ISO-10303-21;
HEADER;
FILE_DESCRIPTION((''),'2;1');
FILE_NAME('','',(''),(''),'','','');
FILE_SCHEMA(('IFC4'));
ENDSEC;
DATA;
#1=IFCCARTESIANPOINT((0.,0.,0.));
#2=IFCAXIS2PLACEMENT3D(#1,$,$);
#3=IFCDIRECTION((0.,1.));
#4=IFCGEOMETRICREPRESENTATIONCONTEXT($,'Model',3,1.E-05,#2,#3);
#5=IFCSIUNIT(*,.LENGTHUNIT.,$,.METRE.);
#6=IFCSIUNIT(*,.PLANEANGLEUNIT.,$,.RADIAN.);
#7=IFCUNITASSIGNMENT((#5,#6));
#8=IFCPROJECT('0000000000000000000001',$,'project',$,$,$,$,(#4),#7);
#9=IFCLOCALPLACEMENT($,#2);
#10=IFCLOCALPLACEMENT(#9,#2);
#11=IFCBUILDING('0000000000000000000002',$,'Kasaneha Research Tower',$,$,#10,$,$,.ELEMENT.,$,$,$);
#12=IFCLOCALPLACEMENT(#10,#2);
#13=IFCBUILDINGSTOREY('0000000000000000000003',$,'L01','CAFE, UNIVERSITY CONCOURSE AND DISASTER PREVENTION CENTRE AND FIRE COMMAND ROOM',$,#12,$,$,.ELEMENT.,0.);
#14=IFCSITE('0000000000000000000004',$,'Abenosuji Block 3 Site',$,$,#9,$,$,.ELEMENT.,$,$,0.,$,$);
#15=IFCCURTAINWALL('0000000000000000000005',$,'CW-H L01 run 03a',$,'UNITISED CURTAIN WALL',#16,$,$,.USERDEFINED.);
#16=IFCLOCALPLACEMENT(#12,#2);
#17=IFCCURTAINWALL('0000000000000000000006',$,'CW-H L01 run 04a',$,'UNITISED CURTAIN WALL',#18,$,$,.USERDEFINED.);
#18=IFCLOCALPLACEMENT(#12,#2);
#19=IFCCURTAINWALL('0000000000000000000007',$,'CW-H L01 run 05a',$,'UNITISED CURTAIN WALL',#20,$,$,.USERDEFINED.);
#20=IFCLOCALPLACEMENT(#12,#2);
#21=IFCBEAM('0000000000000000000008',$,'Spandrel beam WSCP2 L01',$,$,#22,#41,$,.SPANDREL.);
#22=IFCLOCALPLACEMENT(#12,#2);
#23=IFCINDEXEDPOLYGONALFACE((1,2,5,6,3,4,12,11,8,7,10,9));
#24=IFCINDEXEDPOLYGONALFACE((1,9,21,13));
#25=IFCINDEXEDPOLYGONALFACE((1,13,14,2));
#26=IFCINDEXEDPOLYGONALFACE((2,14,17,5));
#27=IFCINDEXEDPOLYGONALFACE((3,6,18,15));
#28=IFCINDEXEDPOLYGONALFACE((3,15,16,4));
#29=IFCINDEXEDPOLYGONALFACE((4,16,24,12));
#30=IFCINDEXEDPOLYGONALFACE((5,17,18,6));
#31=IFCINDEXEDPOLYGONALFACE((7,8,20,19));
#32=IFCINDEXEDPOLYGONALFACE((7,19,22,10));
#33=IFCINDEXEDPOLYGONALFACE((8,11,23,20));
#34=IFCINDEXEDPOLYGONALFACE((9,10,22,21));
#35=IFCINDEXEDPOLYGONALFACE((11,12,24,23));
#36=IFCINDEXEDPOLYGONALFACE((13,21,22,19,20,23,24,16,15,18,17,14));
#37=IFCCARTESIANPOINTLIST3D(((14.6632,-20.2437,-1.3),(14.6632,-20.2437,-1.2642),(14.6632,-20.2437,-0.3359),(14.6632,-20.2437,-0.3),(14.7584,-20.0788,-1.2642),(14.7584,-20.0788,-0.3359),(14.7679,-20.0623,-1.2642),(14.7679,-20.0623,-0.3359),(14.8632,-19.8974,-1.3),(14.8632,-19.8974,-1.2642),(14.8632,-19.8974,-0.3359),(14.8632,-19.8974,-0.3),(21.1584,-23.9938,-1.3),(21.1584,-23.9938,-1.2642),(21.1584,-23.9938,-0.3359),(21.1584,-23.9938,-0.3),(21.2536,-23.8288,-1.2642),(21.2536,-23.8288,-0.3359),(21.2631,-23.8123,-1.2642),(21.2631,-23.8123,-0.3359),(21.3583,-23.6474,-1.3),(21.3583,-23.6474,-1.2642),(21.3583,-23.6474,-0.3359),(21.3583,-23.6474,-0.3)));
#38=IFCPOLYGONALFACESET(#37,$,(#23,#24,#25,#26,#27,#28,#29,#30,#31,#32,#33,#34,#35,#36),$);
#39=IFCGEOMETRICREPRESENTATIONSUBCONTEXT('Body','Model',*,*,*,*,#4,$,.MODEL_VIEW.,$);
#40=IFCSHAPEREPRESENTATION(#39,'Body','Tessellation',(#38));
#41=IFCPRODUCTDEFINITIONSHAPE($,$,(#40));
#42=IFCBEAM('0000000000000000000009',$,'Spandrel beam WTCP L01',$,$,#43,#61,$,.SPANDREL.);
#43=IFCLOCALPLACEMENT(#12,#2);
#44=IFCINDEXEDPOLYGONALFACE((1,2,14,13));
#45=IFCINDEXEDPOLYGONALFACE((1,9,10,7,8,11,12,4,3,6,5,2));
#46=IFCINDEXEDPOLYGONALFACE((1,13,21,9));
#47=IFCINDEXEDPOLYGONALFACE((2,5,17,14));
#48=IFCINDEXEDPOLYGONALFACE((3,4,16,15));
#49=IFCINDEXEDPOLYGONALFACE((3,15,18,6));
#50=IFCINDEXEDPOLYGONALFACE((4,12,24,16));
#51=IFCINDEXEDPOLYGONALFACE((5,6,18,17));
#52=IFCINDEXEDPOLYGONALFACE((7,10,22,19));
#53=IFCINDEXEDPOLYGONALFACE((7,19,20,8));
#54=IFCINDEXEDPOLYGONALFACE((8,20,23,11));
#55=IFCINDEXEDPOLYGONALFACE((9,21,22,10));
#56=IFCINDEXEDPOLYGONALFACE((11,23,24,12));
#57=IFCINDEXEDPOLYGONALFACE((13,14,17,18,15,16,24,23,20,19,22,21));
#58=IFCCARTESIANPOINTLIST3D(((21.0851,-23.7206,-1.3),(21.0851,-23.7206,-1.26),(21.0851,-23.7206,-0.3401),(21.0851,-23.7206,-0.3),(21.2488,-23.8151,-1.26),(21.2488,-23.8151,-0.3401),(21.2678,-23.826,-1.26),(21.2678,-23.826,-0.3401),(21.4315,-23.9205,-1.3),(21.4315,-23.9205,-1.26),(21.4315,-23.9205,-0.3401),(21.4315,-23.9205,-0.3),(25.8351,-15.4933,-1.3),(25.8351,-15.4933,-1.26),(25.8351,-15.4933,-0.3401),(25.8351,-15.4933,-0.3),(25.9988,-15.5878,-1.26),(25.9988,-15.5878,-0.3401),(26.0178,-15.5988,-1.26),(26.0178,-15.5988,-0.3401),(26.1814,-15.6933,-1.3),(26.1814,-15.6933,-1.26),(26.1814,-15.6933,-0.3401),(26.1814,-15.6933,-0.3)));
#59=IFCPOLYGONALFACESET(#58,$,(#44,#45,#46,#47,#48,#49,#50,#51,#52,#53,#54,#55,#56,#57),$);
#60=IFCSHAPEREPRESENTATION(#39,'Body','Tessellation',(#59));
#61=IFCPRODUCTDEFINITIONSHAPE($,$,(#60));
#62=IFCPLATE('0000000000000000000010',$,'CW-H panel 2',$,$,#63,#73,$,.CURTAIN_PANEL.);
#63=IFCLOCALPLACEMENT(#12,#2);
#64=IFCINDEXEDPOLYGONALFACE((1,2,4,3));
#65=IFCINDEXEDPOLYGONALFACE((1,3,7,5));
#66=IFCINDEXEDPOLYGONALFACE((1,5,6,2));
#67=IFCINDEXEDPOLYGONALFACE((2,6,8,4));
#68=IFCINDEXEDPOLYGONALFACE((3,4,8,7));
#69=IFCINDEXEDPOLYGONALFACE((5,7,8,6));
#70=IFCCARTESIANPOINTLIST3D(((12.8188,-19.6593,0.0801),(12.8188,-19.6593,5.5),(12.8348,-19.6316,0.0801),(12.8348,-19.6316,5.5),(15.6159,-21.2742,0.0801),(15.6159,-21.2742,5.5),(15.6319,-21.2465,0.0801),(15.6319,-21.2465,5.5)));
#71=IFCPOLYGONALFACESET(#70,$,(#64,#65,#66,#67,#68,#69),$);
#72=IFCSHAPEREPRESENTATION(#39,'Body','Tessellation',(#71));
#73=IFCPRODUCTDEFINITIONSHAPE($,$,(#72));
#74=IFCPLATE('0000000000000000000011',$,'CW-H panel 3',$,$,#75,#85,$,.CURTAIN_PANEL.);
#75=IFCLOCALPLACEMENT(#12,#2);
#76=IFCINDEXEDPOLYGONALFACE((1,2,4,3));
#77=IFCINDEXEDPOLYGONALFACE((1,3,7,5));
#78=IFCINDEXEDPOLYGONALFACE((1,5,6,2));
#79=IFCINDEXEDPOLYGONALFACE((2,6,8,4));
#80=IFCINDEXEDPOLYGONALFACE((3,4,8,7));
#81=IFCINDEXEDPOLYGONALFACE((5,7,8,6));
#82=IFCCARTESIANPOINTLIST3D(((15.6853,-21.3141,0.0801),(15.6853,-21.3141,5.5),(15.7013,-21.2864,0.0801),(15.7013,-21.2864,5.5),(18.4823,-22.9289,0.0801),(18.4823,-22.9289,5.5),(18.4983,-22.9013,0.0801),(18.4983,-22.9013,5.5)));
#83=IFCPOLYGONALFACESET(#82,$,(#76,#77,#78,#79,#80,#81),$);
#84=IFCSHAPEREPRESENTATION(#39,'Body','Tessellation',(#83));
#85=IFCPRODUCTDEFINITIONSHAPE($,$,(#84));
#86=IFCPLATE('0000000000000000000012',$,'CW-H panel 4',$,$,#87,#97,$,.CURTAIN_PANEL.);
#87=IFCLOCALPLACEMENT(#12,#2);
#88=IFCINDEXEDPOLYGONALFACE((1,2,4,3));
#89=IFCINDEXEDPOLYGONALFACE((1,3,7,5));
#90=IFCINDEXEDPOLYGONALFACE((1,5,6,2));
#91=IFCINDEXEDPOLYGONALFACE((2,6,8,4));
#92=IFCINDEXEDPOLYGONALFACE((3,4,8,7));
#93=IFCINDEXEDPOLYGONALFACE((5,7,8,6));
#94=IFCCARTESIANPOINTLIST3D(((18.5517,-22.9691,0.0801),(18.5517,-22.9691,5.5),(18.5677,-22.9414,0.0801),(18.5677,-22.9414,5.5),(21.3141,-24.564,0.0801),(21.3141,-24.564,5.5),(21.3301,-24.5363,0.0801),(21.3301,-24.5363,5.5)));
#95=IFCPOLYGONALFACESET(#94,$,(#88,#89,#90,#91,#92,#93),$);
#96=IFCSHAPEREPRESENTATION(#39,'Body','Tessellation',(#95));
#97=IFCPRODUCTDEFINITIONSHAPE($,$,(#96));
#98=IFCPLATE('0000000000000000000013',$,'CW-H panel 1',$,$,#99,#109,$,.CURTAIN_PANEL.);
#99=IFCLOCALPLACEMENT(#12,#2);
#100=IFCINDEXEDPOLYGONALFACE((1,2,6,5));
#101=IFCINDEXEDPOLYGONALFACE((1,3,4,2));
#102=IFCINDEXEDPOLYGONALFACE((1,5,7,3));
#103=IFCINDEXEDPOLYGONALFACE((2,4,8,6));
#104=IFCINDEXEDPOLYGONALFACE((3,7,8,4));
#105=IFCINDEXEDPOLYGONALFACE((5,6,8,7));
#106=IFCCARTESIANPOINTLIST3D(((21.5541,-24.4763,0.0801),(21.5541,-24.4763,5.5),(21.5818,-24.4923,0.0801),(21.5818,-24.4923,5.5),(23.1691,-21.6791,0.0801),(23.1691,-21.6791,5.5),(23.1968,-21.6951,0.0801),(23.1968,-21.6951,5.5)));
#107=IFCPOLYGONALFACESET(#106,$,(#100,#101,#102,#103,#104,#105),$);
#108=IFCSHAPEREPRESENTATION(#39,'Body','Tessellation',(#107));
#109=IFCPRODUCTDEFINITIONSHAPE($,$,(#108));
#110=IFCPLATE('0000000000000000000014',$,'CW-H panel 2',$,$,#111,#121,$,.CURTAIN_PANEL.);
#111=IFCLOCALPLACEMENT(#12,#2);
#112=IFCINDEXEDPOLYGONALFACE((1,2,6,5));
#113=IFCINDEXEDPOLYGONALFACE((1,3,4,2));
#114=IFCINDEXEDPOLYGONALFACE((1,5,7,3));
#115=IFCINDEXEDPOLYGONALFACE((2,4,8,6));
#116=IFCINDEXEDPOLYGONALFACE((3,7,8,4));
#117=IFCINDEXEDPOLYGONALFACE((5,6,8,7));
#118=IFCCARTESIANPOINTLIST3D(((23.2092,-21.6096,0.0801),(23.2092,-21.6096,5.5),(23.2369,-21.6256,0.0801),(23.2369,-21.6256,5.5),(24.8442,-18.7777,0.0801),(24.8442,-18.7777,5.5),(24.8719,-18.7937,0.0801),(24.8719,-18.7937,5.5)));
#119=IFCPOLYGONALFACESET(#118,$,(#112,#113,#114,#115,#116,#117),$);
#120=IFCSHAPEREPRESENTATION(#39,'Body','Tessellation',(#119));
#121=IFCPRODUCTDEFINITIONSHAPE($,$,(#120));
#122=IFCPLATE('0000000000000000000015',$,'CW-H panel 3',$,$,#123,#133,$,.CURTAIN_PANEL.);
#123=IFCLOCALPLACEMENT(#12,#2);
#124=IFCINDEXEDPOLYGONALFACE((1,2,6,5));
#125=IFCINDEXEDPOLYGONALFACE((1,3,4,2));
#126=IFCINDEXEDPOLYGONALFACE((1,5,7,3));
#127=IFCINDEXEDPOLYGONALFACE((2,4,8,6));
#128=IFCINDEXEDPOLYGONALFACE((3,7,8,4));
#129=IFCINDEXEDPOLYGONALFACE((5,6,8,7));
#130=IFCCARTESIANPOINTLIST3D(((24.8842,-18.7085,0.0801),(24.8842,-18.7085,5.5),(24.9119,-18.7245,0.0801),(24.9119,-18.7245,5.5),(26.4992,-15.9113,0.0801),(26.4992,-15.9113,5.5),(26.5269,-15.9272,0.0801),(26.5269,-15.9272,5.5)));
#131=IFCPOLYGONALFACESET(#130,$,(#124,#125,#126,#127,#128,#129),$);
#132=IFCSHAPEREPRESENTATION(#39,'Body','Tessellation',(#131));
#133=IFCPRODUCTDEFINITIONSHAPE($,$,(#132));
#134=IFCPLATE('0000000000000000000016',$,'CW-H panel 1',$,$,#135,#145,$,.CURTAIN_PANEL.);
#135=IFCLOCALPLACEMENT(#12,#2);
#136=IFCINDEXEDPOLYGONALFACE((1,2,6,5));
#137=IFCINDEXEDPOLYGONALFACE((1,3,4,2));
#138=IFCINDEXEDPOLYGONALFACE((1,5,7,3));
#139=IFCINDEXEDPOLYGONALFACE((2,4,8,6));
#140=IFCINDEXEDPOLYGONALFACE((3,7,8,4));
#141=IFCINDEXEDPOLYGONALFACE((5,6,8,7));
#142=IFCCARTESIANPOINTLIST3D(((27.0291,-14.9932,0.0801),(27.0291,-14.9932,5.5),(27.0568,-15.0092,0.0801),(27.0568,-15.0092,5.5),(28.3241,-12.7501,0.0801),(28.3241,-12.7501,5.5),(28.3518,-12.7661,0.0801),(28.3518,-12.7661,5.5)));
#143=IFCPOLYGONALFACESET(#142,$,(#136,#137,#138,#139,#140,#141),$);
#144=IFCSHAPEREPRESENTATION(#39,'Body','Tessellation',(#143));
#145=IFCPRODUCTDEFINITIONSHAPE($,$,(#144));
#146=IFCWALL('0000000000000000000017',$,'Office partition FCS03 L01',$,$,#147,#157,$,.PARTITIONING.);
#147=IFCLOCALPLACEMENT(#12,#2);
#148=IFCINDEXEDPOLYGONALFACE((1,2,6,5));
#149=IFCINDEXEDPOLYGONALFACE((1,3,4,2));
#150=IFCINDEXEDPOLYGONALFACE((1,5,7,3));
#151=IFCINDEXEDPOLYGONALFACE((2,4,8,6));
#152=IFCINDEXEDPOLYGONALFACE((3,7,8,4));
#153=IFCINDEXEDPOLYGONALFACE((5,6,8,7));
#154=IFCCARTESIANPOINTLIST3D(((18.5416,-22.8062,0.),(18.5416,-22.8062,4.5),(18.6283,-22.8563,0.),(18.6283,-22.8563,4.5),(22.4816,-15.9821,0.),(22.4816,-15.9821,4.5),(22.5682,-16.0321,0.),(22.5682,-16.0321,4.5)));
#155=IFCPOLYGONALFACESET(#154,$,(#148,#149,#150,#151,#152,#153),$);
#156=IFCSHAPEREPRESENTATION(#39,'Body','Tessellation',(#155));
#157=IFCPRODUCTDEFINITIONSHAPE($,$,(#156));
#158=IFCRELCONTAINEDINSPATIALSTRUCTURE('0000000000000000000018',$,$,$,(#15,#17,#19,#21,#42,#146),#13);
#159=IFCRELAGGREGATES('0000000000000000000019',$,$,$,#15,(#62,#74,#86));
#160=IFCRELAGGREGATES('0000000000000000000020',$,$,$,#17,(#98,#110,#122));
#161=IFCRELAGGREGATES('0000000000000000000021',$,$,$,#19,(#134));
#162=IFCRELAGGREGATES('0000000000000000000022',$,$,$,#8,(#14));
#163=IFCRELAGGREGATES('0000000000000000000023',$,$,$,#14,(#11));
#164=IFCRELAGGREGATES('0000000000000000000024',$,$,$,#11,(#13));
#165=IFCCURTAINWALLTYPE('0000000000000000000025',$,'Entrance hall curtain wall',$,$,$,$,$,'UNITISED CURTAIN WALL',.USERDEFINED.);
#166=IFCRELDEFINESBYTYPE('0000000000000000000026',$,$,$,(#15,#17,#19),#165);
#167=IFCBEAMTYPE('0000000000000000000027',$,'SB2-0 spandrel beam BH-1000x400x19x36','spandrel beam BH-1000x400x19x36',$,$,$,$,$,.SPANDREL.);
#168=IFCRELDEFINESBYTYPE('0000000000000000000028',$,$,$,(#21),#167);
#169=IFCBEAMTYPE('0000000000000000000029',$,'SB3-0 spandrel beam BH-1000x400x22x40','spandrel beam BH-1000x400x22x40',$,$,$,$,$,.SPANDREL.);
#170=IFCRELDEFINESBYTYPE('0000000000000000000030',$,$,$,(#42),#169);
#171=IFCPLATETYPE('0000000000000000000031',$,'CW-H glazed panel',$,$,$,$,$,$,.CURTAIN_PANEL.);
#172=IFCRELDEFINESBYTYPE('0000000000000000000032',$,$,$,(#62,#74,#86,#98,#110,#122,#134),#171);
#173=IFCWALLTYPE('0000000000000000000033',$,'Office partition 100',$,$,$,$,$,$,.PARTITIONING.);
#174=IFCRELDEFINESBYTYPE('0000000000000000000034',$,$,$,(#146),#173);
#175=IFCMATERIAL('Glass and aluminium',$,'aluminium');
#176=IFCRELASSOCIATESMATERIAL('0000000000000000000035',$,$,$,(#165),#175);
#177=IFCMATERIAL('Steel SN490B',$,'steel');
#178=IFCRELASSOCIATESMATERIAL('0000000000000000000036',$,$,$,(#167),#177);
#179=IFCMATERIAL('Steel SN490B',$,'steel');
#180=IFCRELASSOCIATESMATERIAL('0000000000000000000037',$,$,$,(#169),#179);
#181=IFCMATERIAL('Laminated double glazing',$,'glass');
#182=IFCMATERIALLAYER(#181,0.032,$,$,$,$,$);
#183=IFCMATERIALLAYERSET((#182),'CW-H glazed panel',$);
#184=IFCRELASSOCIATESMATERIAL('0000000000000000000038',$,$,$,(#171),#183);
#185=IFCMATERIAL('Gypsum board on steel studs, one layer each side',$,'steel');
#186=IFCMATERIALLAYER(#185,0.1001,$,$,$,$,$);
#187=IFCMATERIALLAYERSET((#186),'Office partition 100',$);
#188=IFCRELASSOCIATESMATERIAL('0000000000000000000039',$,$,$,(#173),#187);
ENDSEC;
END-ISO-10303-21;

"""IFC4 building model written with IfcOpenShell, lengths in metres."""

from ifc_helpers import new_model, si_unit, direction, frame, frame_2d, origin, origin_2d, place, context, subcontext, project, spatial, rectangle, i_section, extrude, material, layer, layer_set, material_profile, profile_set, type_object, element, aggregate, save


model = new_model("IFC4")

# Units and contexts
model_context = context("Model", 3, precision=1e-05, world=origin(), true_north=direction((0.0, 1.0)))
body_context = subcontext(model_context, "Body", "Model", "MODEL_VIEW")
ifc_project = project(units=[si_unit("LENGTHUNIT", "METRE"), si_unit("PLANEANGLEUNIT", "RADIAN")], contexts=[model_context])

# Site, building, storey
site_placement = place(None, origin())
site = spatial("IfcSite", under=ifc_project, at=site_placement, Name="Abenosuji Block 3 Site", CompositionType="ELEMENT", RefElevation=0.0)
building_placement = place(site_placement, origin())
building = spatial("IfcBuilding", under=site, at=building_placement, Name="Kasaneha Research Tower", CompositionType="ELEMENT")
storey_placement = place(building_placement, origin())
storey = spatial("IfcBuildingStorey", under=building, at=storey_placement, Name="L01", Description="CAFE, UNIVERSITY CONCOURSE AND DISASTER PREVENTION CENTRE AND FIRE COMMAND ROOM", CompositionType="ELEMENT", Elevation=0.0)

# Curtain walls
ifc_material_1 = material(Name="Glass and aluminium", Category="aluminium")
curtain_wall_type = type_object("IfcCurtainWallType", Name="Entrance hall curtain wall", ElementType="UNITISED CURTAIN WALL", PredefinedType="USERDEFINED", material=ifc_material_1)
curtain_wall_1_placement = place(storey_placement, origin())
curtain_wall_1 = element("IfcCurtainWall", 1, at=curtain_wall_1_placement, inside=storey, type_object=curtain_wall_type, Name="CW-H L01 run 03a", ObjectType="UNITISED CURTAIN WALL", PredefinedType="USERDEFINED")
curtain_wall_2_placement = place(storey_placement, origin())
curtain_wall_2 = element("IfcCurtainWall", 2, at=curtain_wall_2_placement, inside=storey, type_object=curtain_wall_type, Name="CW-H L01 run 04a", ObjectType="UNITISED CURTAIN WALL", PredefinedType="USERDEFINED")

# Curtain wall
curtain_wall_3_placement = place(storey_placement, origin())
curtain_wall_3 = element("IfcCurtainWall", 3, at=curtain_wall_3_placement, inside=storey, type_object=curtain_wall_type, Name="CW-H L01 run 05a", ObjectType="UNITISED CURTAIN WALL", PredefinedType="USERDEFINED")

# Beams
ifc_material_2 = material(Name="Steel SN490B", Category="steel")
ifc_material_profile_1 = material_profile(ifc_material_2, i_section(OverallWidth=0.3999, OverallDepth=1.0, WebThickness=0.019, FlangeThickness=0.0359, at=origin_2d()), Name="BH-1000x400x19x36")
ifc_profile_set_1 = profile_set([ifc_material_profile_1], Name="Steel SN490B")
beam_type_1 = type_object("IfcBeamType", Name="SB2-0 spandrel beam BH-1000x400x19x36", Description="spandrel beam BH-1000x400x19x36", PredefinedType="SPANDREL", material=ifc_profile_set_1)
beam_1_placement = place(storey_placement, frame((14.7632, -20.0706, -0.8), z_axis=(0.866023, -0.500004, 0.0), x_axis=(0.500004, 0.866023, 0.0)))
element("IfcBeam", 4, at=beam_1_placement, inside=storey, type_object=beam_type_1, Name="Spandrel beam WSCP2 L01", PredefinedType="SPANDREL", context=body_context, shape_type="SweptSolid", body=[
    extrude(i_section(OverallWidth=0.3999, OverallDepth=1.0, WebThickness=0.019, FlangeThickness=0.0359, at=origin_2d()), origin(), (0.0, 0.0, 1.0), 7.5),
])
ifc_material_3 = material(Name="Steel SN490B", Category="steel")
ifc_material_profile_2 = material_profile(ifc_material_3, i_section(OverallWidth=0.3999, OverallDepth=1.0, WebThickness=0.022, FlangeThickness=0.04, at=origin_2d()), Name="BH-1000x400x22x40")
ifc_profile_set_2 = profile_set([ifc_material_profile_2], Name="Steel SN490B")
beam_type_2 = type_object("IfcBeamType", Name="SB3-0 spandrel beam BH-1000x400x22x40", Description="spandrel beam BH-1000x400x22x40", PredefinedType="SPANDREL", material=ifc_profile_set_2)
beam_2_placement = place(storey_placement, frame((21.2583, -23.8206, -0.8), z_axis=(0.499998, 0.866027, 0.0), x_axis=(-0.866027, 0.499998, 0.0)))
element("IfcBeam", 5, at=beam_2_placement, inside=storey, type_object=beam_type_2, Name="Spandrel beam WTCP L01", PredefinedType="SPANDREL", context=body_context, shape_type="SweptSolid", body=[
    extrude(i_section(OverallWidth=0.3999, OverallDepth=1.0, WebThickness=0.022, FlangeThickness=0.04, at=origin_2d()), origin(), (0.0, 0.0, 1.0), 9.5),
])

# Plates
ifc_material_4 = material(Name="Laminated double glazing", Category="glass")
ifc_layer_1 = layer(ifc_material_4, 0.032)
ifc_layer_set_1 = layer_set([ifc_layer_1], Name="CW-H glazed panel")
plate_type = type_object("IfcPlateType", Name="CW-H glazed panel", PredefinedType="CURTAIN_PANEL", material=ifc_layer_set_1)
plate_1_placement = place(storey_placement, frame((14.2253, -20.4529, 0.0801), z_axis=(0.0, 0.0, 1.0), x_axis=(0.866025, -0.5, 0.0)))
plate_1 = element("IfcPlate", 6, at=plate_1_placement, type_object=plate_type, Name="CW-H panel 2", PredefinedType="CURTAIN_PANEL", context=body_context, shape_type="SweptSolid", body=[
    extrude(rectangle(XDim=3.2297, YDim=0.032, at=origin_2d()), origin(), (0.0, 0.0, 1.0), 5.4199),
])
plate_2_placement = place(storey_placement, frame((17.0918, -22.1077, 0.0801), z_axis=(0.0, 0.0, 1.0), x_axis=(0.866025, -0.5, 0.0)))
plate_2 = element("IfcPlate", 7, at=plate_2_placement, type_object=plate_type, Name="CW-H panel 3", PredefinedType="CURTAIN_PANEL", context=body_context, shape_type="SweptSolid", body=[
    extrude(rectangle(XDim=3.2297, YDim=0.032, at=origin_2d()), origin(), (0.0, 0.0, 1.0), 5.4199),
])
plate_3_placement = place(storey_placement, frame((19.9409, -23.7527, 0.0801), z_axis=(0.0, 0.0, 1.0), x_axis=(0.866025, -0.5, 0.0)))
plate_3 = element("IfcPlate", 8, at=plate_3_placement, type_object=plate_type, Name="CW-H panel 4", PredefinedType="CURTAIN_PANEL", context=body_context, shape_type="SweptSolid", body=[
    extrude(rectangle(XDim=3.1897, YDim=0.032, at=origin_2d()), origin(), (0.0, 0.0, 1.0), 5.4199),
])
aggregate(curtain_wall_1, [plate_1, plate_2, plate_3])
plate_4_placement = place(storey_placement, frame((22.3755, -23.0857, 0.0801), z_axis=(0.0, 0.0, 1.0), x_axis=(0.5, 0.866025, 0.0)))
plate_4 = element("IfcPlate", 9, at=plate_4_placement, type_object=plate_type, Name="CW-H panel 1", PredefinedType="CURTAIN_PANEL", context=body_context, shape_type="SweptSolid", body=[
    extrude(rectangle(XDim=3.23, YDim=0.032, at=origin_2d()), origin(), (0.0, 0.0, 1.0), 5.4199),
])
plate_5_placement = place(storey_placement, frame((24.0405, -20.2017, 0.0801), z_axis=(0.0, 0.0, 1.0), x_axis=(0.5, 0.866025, 0.0)))
plate_5 = element("IfcPlate", 10, at=plate_5_placement, type_object=plate_type, Name="CW-H panel 2", PredefinedType="CURTAIN_PANEL", context=body_context, shape_type="SweptSolid", body=[
    extrude(rectangle(XDim=3.27, YDim=0.032, at=origin_2d()), origin(), (0.0, 0.0, 1.0), 5.4199),
])
plate_6_placement = place(storey_placement, frame((25.7056, -17.3179, 0.0801), z_axis=(0.0, 0.0, 1.0), x_axis=(0.5, 0.866025, 0.0)))
plate_6 = element("IfcPlate", 11, at=plate_6_placement, type_object=plate_type, Name="CW-H panel 3", PredefinedType="CURTAIN_PANEL", context=body_context, shape_type="SweptSolid", body=[
    extrude(rectangle(XDim=3.23, YDim=0.032, at=origin_2d()), origin(), (0.0, 0.0, 1.0), 5.4199),
])
aggregate(curtain_wall_2, [plate_4, plate_5, plate_6])
plate_7_placement = place(storey_placement, frame((27.6904, -13.8796, 0.0801), z_axis=(0.0, 0.0, 1.0), x_axis=(0.5, 0.866025, 0.0)))
plate_7 = element("IfcPlate", 12, at=plate_7_placement, type_object=plate_type, Name="CW-H panel 1", PredefinedType="CURTAIN_PANEL", context=body_context, shape_type="SweptSolid", body=[
    extrude(rectangle(XDim=2.5901, YDim=0.032, at=origin_2d()), origin(), (0.0, 0.0, 1.0), 5.4199),
])
aggregate(curtain_wall_3, [plate_7])

# Wall
ifc_material_5 = material(Name="Gypsum board on steel studs, one layer each side", Category="steel")
ifc_layer_2 = layer(ifc_material_5, 0.1001)
ifc_layer_set_2 = layer_set([ifc_layer_2], Name="Office partition 100")
wall_type = type_object("IfcWallType", Name="Office partition 100", PredefinedType="PARTITIONING", material=ifc_layer_set_2)
wall_placement = place(storey_placement, frame((22.5249, -16.0071, 0.0), z_axis=(0.0, 0.0, 1.0), x_axis=(-0.499998, -0.866027, 0.0)))
element("IfcWall", 13, at=wall_placement, inside=storey, type_object=wall_type, Name="Office partition FCS03 L01", PredefinedType="PARTITIONING", context=body_context, shape_type="SweptSolid", body=[
    extrude(rectangle(XDim=7.8799, YDim=0.1001, at=frame_2d((3.9399, 0.0))), origin(), (0.0, 0.0, 1.0), 4.5),
])

save(model, "model.ifc")
